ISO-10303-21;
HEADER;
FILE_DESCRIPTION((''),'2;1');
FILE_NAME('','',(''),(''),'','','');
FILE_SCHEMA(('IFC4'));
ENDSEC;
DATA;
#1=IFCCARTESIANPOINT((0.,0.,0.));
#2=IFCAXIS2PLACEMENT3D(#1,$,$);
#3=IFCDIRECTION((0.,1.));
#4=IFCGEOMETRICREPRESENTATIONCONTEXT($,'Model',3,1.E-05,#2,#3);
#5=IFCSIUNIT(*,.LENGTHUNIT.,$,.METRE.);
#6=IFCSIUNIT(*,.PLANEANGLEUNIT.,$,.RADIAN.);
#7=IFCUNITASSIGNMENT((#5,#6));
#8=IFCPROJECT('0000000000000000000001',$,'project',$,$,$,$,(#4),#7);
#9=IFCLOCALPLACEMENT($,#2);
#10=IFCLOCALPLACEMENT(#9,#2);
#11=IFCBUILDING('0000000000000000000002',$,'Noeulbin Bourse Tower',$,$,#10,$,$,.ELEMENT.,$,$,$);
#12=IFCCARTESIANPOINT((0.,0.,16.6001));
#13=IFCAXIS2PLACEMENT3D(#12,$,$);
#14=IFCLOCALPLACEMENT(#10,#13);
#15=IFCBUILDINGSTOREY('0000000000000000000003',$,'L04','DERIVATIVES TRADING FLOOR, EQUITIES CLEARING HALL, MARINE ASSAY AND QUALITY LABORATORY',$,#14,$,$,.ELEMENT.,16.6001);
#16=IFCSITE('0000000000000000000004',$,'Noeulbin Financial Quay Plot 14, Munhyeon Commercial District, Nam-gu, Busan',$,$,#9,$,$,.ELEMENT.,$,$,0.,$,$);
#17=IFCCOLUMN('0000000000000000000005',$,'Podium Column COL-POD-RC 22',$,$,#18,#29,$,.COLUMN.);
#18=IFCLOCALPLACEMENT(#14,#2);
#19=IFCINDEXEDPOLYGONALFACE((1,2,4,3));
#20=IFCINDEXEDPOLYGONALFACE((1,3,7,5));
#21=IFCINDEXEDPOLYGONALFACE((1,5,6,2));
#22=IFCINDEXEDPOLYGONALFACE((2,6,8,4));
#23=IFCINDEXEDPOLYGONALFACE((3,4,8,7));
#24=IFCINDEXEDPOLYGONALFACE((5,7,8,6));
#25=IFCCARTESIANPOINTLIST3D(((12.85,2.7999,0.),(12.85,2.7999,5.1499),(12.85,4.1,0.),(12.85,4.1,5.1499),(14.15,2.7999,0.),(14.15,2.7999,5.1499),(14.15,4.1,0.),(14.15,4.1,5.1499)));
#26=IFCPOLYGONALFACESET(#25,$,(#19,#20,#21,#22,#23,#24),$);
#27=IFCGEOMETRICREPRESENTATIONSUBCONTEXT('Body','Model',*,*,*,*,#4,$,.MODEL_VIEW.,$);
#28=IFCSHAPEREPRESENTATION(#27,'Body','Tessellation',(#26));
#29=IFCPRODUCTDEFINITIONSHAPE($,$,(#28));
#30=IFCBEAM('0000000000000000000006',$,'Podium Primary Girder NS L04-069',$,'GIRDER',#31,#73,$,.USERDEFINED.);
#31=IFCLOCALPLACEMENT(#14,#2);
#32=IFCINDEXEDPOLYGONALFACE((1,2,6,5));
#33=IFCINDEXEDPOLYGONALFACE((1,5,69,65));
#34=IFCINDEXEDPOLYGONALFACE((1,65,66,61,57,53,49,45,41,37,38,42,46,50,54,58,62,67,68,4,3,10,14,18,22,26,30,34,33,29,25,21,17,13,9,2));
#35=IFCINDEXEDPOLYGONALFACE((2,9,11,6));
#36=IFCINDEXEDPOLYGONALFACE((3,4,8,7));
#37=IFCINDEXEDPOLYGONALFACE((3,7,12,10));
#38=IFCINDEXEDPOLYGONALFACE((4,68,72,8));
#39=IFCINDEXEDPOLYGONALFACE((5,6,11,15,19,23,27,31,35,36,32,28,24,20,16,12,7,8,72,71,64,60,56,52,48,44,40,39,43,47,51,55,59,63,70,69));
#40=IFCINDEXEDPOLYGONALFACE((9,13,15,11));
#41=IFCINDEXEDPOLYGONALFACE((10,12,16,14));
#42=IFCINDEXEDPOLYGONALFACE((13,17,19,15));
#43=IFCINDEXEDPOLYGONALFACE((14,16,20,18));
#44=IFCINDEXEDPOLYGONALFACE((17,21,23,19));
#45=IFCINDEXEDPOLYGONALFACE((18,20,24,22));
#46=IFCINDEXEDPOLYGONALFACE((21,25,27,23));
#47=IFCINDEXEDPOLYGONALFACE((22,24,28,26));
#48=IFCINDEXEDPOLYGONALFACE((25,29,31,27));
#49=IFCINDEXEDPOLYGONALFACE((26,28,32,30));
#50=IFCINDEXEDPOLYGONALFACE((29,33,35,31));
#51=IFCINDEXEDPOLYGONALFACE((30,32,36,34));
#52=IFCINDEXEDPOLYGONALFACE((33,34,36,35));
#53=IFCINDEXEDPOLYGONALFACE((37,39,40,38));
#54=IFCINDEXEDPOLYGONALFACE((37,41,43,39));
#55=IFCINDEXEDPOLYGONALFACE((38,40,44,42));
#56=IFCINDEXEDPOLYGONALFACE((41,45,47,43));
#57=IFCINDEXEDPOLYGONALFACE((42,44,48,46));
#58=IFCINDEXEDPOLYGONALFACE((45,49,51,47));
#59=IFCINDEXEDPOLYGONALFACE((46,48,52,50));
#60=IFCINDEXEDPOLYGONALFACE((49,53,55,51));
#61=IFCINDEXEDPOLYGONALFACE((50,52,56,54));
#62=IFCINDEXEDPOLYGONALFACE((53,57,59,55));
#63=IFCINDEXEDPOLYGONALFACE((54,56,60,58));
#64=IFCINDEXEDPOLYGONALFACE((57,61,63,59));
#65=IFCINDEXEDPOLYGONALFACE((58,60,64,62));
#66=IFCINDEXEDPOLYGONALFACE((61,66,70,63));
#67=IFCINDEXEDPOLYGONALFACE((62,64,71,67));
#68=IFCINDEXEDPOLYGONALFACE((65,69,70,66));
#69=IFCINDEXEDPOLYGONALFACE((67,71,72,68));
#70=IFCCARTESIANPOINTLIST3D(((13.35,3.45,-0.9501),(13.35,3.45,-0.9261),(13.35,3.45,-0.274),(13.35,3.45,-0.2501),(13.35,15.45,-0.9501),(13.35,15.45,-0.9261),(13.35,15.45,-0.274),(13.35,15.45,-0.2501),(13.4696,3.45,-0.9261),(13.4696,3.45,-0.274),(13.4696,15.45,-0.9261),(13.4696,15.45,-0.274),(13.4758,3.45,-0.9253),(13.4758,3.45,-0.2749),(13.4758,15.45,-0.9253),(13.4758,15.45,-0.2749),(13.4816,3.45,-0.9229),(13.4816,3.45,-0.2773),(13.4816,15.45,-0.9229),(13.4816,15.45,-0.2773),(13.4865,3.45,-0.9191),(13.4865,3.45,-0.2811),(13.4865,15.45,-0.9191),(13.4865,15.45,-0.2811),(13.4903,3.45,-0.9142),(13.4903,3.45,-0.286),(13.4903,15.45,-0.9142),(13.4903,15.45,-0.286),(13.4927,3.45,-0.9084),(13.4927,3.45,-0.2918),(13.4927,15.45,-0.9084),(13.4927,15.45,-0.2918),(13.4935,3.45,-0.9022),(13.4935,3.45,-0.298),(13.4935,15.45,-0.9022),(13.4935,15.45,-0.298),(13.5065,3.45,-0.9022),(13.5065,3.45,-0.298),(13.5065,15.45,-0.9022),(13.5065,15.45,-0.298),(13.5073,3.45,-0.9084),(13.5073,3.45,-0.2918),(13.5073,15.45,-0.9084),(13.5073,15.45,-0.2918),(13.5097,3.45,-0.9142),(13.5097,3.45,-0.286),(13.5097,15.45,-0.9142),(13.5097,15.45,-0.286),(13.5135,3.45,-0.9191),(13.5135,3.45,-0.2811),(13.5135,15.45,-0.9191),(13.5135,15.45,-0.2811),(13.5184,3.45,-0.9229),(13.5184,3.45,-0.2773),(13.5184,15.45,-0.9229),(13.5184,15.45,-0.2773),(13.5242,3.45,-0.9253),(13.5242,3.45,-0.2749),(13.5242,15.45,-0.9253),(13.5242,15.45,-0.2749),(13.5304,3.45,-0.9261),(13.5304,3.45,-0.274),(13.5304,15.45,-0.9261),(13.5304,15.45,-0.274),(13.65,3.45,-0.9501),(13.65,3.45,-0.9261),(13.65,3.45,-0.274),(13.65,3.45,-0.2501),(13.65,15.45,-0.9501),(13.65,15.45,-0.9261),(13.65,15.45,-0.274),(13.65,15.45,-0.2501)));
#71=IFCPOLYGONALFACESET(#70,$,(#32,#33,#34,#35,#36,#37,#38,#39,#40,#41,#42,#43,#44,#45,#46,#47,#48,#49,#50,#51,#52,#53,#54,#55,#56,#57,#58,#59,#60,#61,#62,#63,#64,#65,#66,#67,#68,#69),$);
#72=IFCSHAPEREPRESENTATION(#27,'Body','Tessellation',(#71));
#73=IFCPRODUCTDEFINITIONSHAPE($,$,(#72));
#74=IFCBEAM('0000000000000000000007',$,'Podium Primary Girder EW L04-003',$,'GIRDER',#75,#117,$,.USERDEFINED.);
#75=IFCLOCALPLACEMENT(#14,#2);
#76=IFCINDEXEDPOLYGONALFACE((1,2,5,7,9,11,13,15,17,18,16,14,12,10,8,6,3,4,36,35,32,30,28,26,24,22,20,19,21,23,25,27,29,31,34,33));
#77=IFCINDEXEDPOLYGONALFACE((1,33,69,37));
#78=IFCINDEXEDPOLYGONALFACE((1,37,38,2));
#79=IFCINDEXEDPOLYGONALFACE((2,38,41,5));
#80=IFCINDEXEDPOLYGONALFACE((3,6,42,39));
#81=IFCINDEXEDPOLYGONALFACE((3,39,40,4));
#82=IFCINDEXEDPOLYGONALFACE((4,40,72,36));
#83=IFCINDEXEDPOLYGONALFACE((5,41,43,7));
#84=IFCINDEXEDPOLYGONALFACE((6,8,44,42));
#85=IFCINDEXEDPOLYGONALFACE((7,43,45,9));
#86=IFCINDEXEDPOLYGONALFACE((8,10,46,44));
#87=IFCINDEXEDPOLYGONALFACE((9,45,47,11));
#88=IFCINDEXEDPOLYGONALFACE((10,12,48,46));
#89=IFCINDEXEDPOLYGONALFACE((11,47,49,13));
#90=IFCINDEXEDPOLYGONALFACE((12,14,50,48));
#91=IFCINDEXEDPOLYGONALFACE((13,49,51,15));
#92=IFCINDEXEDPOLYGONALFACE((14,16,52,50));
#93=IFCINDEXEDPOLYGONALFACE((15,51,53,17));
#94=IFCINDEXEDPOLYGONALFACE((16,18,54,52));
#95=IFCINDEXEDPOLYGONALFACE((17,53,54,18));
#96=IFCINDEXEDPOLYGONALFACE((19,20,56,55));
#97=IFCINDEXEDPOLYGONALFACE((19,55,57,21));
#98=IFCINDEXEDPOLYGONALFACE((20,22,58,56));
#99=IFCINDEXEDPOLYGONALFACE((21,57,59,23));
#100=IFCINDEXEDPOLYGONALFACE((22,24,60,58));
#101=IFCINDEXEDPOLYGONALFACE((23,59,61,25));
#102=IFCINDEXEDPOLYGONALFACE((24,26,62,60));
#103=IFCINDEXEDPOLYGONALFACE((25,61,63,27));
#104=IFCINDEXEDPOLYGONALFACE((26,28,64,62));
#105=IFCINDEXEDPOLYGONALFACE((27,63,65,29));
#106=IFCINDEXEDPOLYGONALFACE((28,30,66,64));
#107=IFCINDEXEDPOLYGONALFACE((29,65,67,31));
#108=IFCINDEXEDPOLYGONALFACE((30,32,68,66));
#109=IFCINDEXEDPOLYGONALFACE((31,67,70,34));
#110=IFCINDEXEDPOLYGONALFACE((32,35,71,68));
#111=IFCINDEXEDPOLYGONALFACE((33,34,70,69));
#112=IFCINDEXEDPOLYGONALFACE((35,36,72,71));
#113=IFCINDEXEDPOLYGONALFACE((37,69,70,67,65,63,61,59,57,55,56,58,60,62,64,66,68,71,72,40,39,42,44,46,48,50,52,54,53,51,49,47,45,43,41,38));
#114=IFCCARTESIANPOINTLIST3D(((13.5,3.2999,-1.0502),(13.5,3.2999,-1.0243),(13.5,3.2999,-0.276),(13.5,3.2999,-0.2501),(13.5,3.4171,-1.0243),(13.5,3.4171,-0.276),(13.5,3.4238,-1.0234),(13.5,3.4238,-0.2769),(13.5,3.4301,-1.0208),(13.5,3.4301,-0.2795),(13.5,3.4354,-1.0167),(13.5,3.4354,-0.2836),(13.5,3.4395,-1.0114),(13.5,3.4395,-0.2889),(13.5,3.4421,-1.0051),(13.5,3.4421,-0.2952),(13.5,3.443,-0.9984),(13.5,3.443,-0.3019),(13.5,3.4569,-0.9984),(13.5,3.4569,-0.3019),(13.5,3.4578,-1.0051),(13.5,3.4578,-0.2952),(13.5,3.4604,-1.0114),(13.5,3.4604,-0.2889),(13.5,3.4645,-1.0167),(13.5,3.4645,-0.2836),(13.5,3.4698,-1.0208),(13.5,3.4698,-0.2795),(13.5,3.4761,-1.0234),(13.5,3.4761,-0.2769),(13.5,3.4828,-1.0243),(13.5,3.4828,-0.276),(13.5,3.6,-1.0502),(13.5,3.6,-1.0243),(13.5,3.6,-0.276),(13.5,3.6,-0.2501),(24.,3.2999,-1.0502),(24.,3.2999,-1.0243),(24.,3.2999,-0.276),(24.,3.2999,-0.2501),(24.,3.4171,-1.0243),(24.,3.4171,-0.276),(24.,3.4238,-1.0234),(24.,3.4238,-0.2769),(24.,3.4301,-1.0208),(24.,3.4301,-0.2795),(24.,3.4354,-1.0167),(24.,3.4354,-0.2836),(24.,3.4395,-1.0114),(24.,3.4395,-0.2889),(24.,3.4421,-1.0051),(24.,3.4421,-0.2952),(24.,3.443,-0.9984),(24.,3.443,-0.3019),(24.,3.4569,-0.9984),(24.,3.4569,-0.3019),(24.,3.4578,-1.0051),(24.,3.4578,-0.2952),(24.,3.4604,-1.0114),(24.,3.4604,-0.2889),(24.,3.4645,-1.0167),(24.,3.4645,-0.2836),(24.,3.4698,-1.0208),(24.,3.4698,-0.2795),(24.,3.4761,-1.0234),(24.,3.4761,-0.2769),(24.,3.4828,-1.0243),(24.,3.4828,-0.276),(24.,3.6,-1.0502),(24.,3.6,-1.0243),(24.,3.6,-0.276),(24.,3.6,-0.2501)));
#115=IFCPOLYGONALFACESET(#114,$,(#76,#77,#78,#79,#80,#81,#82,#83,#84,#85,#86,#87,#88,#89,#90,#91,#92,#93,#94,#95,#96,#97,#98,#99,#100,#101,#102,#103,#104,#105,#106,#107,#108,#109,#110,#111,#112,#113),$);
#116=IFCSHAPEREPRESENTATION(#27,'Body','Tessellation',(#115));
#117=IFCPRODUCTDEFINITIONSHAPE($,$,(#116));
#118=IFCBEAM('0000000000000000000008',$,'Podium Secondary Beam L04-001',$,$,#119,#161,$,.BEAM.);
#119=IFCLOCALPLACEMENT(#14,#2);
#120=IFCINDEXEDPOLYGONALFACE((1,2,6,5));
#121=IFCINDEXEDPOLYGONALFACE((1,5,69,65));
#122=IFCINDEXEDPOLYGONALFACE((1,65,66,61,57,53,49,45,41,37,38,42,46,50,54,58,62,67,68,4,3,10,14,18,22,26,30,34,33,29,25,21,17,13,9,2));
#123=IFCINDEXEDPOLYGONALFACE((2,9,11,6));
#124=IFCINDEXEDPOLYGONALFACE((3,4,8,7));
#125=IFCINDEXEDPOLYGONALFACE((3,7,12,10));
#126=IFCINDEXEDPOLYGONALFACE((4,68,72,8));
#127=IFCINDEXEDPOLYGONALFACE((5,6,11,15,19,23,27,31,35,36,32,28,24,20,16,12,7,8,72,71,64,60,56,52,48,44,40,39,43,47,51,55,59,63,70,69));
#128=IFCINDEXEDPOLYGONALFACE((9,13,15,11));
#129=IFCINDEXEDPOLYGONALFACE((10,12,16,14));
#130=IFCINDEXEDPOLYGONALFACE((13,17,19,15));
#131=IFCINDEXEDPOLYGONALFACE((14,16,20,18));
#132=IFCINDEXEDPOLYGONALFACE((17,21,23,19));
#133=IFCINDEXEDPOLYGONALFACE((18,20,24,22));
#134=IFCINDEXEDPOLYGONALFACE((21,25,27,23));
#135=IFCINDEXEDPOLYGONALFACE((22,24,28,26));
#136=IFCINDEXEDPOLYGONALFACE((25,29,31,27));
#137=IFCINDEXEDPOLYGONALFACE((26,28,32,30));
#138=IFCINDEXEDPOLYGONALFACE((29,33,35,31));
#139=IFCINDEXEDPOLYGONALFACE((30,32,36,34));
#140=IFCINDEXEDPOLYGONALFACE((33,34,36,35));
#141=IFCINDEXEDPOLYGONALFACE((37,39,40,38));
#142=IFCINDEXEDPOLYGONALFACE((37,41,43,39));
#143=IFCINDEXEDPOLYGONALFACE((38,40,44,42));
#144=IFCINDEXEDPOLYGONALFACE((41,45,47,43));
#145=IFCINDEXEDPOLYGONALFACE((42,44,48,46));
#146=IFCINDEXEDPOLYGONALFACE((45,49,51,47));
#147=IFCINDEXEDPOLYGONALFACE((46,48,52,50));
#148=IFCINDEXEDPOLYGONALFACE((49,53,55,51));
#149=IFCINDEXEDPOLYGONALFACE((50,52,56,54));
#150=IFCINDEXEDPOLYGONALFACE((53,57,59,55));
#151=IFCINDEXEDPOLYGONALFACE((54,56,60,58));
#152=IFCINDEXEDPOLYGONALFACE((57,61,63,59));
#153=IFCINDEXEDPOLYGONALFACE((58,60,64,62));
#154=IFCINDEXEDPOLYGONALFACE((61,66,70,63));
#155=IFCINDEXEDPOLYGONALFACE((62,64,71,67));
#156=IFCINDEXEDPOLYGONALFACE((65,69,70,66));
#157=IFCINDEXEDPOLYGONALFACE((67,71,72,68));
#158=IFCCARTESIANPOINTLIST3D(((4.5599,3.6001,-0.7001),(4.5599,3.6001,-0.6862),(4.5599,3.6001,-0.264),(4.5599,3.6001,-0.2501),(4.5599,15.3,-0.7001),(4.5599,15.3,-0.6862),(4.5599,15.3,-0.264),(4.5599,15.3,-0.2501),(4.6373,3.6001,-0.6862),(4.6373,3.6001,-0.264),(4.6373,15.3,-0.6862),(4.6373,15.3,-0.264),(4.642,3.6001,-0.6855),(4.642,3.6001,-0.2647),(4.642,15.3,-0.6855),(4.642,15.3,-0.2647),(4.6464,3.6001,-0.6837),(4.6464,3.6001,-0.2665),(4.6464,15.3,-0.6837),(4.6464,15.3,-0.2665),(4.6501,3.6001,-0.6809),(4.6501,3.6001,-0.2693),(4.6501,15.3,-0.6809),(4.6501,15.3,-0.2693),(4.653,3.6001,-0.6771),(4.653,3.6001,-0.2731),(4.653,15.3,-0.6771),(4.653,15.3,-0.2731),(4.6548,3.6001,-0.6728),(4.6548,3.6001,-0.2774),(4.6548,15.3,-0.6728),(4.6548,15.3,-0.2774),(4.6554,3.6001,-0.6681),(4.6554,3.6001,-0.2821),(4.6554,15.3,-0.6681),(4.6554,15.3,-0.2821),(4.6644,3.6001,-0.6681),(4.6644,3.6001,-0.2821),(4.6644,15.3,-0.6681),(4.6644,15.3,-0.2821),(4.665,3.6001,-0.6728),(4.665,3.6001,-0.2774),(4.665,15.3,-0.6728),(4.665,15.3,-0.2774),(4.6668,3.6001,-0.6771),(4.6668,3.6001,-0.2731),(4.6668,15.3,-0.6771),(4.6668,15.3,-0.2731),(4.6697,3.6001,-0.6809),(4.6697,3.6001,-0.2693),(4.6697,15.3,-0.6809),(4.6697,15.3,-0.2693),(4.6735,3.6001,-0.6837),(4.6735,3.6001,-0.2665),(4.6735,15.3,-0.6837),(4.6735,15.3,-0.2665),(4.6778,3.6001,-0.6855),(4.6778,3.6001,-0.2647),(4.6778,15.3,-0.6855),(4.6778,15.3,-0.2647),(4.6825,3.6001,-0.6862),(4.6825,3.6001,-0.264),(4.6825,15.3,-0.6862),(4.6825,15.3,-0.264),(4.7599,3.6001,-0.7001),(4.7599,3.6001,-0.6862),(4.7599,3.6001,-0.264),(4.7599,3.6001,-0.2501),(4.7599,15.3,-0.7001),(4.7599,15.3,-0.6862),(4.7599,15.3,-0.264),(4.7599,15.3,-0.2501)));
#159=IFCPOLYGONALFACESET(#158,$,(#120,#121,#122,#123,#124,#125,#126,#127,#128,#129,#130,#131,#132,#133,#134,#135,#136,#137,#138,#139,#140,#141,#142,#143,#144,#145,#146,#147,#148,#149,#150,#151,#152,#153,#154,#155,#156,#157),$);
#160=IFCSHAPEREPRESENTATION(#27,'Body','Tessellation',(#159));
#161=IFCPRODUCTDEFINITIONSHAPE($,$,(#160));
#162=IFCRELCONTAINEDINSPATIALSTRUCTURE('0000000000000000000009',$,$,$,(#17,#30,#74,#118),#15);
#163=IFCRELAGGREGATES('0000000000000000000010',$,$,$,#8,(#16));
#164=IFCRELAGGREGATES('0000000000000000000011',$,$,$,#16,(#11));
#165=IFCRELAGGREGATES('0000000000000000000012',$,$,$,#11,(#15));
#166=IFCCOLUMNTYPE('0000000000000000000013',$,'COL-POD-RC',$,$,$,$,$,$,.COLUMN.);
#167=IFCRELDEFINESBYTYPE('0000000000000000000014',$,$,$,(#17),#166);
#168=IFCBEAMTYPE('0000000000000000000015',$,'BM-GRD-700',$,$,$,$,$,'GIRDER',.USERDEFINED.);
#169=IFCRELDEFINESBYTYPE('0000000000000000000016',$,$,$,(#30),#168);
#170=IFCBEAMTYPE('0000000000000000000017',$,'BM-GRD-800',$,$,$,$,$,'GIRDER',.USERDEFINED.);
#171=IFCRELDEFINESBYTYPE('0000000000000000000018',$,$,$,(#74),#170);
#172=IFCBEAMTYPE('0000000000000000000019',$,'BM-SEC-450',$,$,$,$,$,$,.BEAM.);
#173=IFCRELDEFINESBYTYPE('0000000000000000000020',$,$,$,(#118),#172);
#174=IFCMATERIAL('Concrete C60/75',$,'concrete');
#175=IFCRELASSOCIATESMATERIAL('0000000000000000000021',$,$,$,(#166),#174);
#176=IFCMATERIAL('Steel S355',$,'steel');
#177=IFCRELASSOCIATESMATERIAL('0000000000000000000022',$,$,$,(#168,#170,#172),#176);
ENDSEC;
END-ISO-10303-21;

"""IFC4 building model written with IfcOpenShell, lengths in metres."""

from ifc_helpers import new_model, si_unit, direction, frame, origin, origin_2d, place, context, subcontext, project, spatial, rectangle, i_section, extrude, material, material_profile, profile_set, type_object, element, save


model = new_model("IFC4")

# Units and contexts
model_context = context("Model", 3, precision=1e-05, world=origin(), true_north=direction((0.0, 1.0)))
body_context = subcontext(model_context, "Body", "Model", "MODEL_VIEW")
ifc_project = project(units=[si_unit("LENGTHUNIT", "METRE"), si_unit("PLANEANGLEUNIT", "RADIAN")], contexts=[model_context])

# Site, building, storey
site_placement = place(None, origin())
site = spatial("IfcSite", under=ifc_project, at=site_placement, Name="Noeulbin Financial Quay Plot 14, Munhyeon Commercial District, Nam-gu, Busan", CompositionType="ELEMENT", RefElevation=0.0)
building_placement = place(site_placement, origin())
building = spatial("IfcBuilding", under=site, at=building_placement, Name="Noeulbin Bourse Tower", CompositionType="ELEMENT")
storey_placement = place(building_placement, frame((0.0, 0.0, 16.6001)))
storey = spatial("IfcBuildingStorey", under=building, at=storey_placement, Name="L04", Description="DERIVATIVES TRADING FLOOR, EQUITIES CLEARING HALL, MARINE ASSAY AND QUALITY LABORATORY", CompositionType="ELEMENT", Elevation=16.6001)

# Column
ifc_material_1 = material(Name="Concrete C60/75", Category="concrete")
ifc_material_profile_1 = material_profile(ifc_material_1, rectangle(XDim=1.3, YDim=1.3, at=origin_2d()), Name="RC-COL-1300x1300", Category="LoadBearing")
ifc_profile_set_1 = profile_set([ifc_material_profile_1], Name="Concrete C60/75")
column_type = type_object("IfcColumnType", Name="COL-POD-RC", PredefinedType="COLUMN", material=ifc_profile_set_1)
column_placement = place(storey_placement, frame((13.5, 3.45, 0.0), z_axis=(0.0, 0.0, 1.0), x_axis=(1.0, 0.0, 0.0)))
element("IfcColumn", 1, at=column_placement, inside=storey, type_object=column_type, Name="Podium Column COL-POD-RC 22", PredefinedType="COLUMN", context=body_context, shape_type="SweptSolid", body=[
    extrude(rectangle(XDim=1.3, YDim=1.3, at=origin_2d()), origin(), (0.0, 0.0, 1.0), 5.1499),
])

# Beams
ifc_material_2 = material(Name="Steel S355", Category="steel")
ifc_material_profile_2 = material_profile(ifc_material_2, i_section(OverallWidth=0.3, OverallDepth=0.7, WebThickness=0.0129, FlangeThickness=0.0239, FilletRadius=0.0239, at=origin_2d()), Name="H-700x300x13x24", Category="LoadBearing")
ifc_profile_set_2 = profile_set([ifc_material_profile_2], Name="Steel S355")
beam_type_1 = type_object("IfcBeamType", Name="BM-GRD-700", ElementType="GIRDER", PredefinedType="USERDEFINED", material=ifc_profile_set_2)
beam_1_placement = place(storey_placement, frame((13.5, 3.45, -0.6001), z_axis=(0.0, 1.0, 0.0), x_axis=(-1.0, 0.0, 0.0)))
element("IfcBeam", 2, at=beam_1_placement, inside=storey, type_object=beam_type_1, Name="Podium Primary Girder NS L04-069", ObjectType="GIRDER", PredefinedType="USERDEFINED", context=body_context, shape_type="SweptSolid", body=[
    extrude(i_section(OverallWidth=0.3, OverallDepth=0.7, WebThickness=0.0129, FlangeThickness=0.0239, FilletRadius=0.0239, at=origin_2d()), origin(), (0.0, 0.0, 1.0), 12.0),
])
ifc_material_profile_3 = material_profile(ifc_material_2, i_section(OverallWidth=0.3, OverallDepth=0.8, WebThickness=0.0139, FlangeThickness=0.0259, FilletRadius=0.0259, at=origin_2d()), Name="H-800x300x14x26", Category="LoadBearing")
ifc_profile_set_3 = profile_set([ifc_material_profile_3], Name="Steel S355")
beam_type_2 = type_object("IfcBeamType", Name="BM-GRD-800", ElementType="GIRDER", PredefinedType="USERDEFINED", material=ifc_profile_set_3)
beam_2_placement = place(storey_placement, frame((13.5, 3.45, -0.6501), z_axis=(1.0, 0.0, 0.0), x_axis=(0.0, 1.0, 0.0)))
element("IfcBeam", 3, at=beam_2_placement, inside=storey, type_object=beam_type_2, Name="Podium Primary Girder EW L04-003", ObjectType="GIRDER", PredefinedType="USERDEFINED", context=body_context, shape_type="SweptSolid", body=[
    extrude(i_section(OverallWidth=0.3, OverallDepth=0.8, WebThickness=0.0139, FlangeThickness=0.0259, FilletRadius=0.0259, at=origin_2d()), origin(), (0.0, 0.0, 1.0), 10.5),
])
ifc_material_profile_4 = material_profile(ifc_material_2, i_section(OverallWidth=0.2, OverallDepth=0.45, WebThickness=0.009, FlangeThickness=0.0139, FilletRadius=0.0181, at=origin_2d()), Name="H-450x200x9x14", Category="LoadBearing")
ifc_profile_set_4 = profile_set([ifc_material_profile_4], Name="Steel S355")
beam_type_3 = type_object("IfcBeamType", Name="BM-SEC-450", PredefinedType="BEAM", material=ifc_profile_set_4)
for number, where, z_axis, x_axis, name in (
    (4, (4.6599, 3.6001, -0.4751), (0.0, 1.0, 0.0), (-1.0, 0.0, 0.0), "Podium Secondary Beam L04-001"),
):
    element("IfcBeam", number, at=place(storey_placement, frame(where, z_axis=z_axis, x_axis=x_axis)), inside=storey, type_object=beam_type_3, Name=name, PredefinedType="BEAM", context=body_context, shape_type="SweptSolid", body=[
        extrude(i_section(OverallWidth=0.2, OverallDepth=0.45, WebThickness=0.009, FlangeThickness=0.0139, FilletRadius=0.0181, at=origin_2d()), origin(), (0.0, 0.0, 1.0), 11.7),
    ])

save(model, "model.ifc")
